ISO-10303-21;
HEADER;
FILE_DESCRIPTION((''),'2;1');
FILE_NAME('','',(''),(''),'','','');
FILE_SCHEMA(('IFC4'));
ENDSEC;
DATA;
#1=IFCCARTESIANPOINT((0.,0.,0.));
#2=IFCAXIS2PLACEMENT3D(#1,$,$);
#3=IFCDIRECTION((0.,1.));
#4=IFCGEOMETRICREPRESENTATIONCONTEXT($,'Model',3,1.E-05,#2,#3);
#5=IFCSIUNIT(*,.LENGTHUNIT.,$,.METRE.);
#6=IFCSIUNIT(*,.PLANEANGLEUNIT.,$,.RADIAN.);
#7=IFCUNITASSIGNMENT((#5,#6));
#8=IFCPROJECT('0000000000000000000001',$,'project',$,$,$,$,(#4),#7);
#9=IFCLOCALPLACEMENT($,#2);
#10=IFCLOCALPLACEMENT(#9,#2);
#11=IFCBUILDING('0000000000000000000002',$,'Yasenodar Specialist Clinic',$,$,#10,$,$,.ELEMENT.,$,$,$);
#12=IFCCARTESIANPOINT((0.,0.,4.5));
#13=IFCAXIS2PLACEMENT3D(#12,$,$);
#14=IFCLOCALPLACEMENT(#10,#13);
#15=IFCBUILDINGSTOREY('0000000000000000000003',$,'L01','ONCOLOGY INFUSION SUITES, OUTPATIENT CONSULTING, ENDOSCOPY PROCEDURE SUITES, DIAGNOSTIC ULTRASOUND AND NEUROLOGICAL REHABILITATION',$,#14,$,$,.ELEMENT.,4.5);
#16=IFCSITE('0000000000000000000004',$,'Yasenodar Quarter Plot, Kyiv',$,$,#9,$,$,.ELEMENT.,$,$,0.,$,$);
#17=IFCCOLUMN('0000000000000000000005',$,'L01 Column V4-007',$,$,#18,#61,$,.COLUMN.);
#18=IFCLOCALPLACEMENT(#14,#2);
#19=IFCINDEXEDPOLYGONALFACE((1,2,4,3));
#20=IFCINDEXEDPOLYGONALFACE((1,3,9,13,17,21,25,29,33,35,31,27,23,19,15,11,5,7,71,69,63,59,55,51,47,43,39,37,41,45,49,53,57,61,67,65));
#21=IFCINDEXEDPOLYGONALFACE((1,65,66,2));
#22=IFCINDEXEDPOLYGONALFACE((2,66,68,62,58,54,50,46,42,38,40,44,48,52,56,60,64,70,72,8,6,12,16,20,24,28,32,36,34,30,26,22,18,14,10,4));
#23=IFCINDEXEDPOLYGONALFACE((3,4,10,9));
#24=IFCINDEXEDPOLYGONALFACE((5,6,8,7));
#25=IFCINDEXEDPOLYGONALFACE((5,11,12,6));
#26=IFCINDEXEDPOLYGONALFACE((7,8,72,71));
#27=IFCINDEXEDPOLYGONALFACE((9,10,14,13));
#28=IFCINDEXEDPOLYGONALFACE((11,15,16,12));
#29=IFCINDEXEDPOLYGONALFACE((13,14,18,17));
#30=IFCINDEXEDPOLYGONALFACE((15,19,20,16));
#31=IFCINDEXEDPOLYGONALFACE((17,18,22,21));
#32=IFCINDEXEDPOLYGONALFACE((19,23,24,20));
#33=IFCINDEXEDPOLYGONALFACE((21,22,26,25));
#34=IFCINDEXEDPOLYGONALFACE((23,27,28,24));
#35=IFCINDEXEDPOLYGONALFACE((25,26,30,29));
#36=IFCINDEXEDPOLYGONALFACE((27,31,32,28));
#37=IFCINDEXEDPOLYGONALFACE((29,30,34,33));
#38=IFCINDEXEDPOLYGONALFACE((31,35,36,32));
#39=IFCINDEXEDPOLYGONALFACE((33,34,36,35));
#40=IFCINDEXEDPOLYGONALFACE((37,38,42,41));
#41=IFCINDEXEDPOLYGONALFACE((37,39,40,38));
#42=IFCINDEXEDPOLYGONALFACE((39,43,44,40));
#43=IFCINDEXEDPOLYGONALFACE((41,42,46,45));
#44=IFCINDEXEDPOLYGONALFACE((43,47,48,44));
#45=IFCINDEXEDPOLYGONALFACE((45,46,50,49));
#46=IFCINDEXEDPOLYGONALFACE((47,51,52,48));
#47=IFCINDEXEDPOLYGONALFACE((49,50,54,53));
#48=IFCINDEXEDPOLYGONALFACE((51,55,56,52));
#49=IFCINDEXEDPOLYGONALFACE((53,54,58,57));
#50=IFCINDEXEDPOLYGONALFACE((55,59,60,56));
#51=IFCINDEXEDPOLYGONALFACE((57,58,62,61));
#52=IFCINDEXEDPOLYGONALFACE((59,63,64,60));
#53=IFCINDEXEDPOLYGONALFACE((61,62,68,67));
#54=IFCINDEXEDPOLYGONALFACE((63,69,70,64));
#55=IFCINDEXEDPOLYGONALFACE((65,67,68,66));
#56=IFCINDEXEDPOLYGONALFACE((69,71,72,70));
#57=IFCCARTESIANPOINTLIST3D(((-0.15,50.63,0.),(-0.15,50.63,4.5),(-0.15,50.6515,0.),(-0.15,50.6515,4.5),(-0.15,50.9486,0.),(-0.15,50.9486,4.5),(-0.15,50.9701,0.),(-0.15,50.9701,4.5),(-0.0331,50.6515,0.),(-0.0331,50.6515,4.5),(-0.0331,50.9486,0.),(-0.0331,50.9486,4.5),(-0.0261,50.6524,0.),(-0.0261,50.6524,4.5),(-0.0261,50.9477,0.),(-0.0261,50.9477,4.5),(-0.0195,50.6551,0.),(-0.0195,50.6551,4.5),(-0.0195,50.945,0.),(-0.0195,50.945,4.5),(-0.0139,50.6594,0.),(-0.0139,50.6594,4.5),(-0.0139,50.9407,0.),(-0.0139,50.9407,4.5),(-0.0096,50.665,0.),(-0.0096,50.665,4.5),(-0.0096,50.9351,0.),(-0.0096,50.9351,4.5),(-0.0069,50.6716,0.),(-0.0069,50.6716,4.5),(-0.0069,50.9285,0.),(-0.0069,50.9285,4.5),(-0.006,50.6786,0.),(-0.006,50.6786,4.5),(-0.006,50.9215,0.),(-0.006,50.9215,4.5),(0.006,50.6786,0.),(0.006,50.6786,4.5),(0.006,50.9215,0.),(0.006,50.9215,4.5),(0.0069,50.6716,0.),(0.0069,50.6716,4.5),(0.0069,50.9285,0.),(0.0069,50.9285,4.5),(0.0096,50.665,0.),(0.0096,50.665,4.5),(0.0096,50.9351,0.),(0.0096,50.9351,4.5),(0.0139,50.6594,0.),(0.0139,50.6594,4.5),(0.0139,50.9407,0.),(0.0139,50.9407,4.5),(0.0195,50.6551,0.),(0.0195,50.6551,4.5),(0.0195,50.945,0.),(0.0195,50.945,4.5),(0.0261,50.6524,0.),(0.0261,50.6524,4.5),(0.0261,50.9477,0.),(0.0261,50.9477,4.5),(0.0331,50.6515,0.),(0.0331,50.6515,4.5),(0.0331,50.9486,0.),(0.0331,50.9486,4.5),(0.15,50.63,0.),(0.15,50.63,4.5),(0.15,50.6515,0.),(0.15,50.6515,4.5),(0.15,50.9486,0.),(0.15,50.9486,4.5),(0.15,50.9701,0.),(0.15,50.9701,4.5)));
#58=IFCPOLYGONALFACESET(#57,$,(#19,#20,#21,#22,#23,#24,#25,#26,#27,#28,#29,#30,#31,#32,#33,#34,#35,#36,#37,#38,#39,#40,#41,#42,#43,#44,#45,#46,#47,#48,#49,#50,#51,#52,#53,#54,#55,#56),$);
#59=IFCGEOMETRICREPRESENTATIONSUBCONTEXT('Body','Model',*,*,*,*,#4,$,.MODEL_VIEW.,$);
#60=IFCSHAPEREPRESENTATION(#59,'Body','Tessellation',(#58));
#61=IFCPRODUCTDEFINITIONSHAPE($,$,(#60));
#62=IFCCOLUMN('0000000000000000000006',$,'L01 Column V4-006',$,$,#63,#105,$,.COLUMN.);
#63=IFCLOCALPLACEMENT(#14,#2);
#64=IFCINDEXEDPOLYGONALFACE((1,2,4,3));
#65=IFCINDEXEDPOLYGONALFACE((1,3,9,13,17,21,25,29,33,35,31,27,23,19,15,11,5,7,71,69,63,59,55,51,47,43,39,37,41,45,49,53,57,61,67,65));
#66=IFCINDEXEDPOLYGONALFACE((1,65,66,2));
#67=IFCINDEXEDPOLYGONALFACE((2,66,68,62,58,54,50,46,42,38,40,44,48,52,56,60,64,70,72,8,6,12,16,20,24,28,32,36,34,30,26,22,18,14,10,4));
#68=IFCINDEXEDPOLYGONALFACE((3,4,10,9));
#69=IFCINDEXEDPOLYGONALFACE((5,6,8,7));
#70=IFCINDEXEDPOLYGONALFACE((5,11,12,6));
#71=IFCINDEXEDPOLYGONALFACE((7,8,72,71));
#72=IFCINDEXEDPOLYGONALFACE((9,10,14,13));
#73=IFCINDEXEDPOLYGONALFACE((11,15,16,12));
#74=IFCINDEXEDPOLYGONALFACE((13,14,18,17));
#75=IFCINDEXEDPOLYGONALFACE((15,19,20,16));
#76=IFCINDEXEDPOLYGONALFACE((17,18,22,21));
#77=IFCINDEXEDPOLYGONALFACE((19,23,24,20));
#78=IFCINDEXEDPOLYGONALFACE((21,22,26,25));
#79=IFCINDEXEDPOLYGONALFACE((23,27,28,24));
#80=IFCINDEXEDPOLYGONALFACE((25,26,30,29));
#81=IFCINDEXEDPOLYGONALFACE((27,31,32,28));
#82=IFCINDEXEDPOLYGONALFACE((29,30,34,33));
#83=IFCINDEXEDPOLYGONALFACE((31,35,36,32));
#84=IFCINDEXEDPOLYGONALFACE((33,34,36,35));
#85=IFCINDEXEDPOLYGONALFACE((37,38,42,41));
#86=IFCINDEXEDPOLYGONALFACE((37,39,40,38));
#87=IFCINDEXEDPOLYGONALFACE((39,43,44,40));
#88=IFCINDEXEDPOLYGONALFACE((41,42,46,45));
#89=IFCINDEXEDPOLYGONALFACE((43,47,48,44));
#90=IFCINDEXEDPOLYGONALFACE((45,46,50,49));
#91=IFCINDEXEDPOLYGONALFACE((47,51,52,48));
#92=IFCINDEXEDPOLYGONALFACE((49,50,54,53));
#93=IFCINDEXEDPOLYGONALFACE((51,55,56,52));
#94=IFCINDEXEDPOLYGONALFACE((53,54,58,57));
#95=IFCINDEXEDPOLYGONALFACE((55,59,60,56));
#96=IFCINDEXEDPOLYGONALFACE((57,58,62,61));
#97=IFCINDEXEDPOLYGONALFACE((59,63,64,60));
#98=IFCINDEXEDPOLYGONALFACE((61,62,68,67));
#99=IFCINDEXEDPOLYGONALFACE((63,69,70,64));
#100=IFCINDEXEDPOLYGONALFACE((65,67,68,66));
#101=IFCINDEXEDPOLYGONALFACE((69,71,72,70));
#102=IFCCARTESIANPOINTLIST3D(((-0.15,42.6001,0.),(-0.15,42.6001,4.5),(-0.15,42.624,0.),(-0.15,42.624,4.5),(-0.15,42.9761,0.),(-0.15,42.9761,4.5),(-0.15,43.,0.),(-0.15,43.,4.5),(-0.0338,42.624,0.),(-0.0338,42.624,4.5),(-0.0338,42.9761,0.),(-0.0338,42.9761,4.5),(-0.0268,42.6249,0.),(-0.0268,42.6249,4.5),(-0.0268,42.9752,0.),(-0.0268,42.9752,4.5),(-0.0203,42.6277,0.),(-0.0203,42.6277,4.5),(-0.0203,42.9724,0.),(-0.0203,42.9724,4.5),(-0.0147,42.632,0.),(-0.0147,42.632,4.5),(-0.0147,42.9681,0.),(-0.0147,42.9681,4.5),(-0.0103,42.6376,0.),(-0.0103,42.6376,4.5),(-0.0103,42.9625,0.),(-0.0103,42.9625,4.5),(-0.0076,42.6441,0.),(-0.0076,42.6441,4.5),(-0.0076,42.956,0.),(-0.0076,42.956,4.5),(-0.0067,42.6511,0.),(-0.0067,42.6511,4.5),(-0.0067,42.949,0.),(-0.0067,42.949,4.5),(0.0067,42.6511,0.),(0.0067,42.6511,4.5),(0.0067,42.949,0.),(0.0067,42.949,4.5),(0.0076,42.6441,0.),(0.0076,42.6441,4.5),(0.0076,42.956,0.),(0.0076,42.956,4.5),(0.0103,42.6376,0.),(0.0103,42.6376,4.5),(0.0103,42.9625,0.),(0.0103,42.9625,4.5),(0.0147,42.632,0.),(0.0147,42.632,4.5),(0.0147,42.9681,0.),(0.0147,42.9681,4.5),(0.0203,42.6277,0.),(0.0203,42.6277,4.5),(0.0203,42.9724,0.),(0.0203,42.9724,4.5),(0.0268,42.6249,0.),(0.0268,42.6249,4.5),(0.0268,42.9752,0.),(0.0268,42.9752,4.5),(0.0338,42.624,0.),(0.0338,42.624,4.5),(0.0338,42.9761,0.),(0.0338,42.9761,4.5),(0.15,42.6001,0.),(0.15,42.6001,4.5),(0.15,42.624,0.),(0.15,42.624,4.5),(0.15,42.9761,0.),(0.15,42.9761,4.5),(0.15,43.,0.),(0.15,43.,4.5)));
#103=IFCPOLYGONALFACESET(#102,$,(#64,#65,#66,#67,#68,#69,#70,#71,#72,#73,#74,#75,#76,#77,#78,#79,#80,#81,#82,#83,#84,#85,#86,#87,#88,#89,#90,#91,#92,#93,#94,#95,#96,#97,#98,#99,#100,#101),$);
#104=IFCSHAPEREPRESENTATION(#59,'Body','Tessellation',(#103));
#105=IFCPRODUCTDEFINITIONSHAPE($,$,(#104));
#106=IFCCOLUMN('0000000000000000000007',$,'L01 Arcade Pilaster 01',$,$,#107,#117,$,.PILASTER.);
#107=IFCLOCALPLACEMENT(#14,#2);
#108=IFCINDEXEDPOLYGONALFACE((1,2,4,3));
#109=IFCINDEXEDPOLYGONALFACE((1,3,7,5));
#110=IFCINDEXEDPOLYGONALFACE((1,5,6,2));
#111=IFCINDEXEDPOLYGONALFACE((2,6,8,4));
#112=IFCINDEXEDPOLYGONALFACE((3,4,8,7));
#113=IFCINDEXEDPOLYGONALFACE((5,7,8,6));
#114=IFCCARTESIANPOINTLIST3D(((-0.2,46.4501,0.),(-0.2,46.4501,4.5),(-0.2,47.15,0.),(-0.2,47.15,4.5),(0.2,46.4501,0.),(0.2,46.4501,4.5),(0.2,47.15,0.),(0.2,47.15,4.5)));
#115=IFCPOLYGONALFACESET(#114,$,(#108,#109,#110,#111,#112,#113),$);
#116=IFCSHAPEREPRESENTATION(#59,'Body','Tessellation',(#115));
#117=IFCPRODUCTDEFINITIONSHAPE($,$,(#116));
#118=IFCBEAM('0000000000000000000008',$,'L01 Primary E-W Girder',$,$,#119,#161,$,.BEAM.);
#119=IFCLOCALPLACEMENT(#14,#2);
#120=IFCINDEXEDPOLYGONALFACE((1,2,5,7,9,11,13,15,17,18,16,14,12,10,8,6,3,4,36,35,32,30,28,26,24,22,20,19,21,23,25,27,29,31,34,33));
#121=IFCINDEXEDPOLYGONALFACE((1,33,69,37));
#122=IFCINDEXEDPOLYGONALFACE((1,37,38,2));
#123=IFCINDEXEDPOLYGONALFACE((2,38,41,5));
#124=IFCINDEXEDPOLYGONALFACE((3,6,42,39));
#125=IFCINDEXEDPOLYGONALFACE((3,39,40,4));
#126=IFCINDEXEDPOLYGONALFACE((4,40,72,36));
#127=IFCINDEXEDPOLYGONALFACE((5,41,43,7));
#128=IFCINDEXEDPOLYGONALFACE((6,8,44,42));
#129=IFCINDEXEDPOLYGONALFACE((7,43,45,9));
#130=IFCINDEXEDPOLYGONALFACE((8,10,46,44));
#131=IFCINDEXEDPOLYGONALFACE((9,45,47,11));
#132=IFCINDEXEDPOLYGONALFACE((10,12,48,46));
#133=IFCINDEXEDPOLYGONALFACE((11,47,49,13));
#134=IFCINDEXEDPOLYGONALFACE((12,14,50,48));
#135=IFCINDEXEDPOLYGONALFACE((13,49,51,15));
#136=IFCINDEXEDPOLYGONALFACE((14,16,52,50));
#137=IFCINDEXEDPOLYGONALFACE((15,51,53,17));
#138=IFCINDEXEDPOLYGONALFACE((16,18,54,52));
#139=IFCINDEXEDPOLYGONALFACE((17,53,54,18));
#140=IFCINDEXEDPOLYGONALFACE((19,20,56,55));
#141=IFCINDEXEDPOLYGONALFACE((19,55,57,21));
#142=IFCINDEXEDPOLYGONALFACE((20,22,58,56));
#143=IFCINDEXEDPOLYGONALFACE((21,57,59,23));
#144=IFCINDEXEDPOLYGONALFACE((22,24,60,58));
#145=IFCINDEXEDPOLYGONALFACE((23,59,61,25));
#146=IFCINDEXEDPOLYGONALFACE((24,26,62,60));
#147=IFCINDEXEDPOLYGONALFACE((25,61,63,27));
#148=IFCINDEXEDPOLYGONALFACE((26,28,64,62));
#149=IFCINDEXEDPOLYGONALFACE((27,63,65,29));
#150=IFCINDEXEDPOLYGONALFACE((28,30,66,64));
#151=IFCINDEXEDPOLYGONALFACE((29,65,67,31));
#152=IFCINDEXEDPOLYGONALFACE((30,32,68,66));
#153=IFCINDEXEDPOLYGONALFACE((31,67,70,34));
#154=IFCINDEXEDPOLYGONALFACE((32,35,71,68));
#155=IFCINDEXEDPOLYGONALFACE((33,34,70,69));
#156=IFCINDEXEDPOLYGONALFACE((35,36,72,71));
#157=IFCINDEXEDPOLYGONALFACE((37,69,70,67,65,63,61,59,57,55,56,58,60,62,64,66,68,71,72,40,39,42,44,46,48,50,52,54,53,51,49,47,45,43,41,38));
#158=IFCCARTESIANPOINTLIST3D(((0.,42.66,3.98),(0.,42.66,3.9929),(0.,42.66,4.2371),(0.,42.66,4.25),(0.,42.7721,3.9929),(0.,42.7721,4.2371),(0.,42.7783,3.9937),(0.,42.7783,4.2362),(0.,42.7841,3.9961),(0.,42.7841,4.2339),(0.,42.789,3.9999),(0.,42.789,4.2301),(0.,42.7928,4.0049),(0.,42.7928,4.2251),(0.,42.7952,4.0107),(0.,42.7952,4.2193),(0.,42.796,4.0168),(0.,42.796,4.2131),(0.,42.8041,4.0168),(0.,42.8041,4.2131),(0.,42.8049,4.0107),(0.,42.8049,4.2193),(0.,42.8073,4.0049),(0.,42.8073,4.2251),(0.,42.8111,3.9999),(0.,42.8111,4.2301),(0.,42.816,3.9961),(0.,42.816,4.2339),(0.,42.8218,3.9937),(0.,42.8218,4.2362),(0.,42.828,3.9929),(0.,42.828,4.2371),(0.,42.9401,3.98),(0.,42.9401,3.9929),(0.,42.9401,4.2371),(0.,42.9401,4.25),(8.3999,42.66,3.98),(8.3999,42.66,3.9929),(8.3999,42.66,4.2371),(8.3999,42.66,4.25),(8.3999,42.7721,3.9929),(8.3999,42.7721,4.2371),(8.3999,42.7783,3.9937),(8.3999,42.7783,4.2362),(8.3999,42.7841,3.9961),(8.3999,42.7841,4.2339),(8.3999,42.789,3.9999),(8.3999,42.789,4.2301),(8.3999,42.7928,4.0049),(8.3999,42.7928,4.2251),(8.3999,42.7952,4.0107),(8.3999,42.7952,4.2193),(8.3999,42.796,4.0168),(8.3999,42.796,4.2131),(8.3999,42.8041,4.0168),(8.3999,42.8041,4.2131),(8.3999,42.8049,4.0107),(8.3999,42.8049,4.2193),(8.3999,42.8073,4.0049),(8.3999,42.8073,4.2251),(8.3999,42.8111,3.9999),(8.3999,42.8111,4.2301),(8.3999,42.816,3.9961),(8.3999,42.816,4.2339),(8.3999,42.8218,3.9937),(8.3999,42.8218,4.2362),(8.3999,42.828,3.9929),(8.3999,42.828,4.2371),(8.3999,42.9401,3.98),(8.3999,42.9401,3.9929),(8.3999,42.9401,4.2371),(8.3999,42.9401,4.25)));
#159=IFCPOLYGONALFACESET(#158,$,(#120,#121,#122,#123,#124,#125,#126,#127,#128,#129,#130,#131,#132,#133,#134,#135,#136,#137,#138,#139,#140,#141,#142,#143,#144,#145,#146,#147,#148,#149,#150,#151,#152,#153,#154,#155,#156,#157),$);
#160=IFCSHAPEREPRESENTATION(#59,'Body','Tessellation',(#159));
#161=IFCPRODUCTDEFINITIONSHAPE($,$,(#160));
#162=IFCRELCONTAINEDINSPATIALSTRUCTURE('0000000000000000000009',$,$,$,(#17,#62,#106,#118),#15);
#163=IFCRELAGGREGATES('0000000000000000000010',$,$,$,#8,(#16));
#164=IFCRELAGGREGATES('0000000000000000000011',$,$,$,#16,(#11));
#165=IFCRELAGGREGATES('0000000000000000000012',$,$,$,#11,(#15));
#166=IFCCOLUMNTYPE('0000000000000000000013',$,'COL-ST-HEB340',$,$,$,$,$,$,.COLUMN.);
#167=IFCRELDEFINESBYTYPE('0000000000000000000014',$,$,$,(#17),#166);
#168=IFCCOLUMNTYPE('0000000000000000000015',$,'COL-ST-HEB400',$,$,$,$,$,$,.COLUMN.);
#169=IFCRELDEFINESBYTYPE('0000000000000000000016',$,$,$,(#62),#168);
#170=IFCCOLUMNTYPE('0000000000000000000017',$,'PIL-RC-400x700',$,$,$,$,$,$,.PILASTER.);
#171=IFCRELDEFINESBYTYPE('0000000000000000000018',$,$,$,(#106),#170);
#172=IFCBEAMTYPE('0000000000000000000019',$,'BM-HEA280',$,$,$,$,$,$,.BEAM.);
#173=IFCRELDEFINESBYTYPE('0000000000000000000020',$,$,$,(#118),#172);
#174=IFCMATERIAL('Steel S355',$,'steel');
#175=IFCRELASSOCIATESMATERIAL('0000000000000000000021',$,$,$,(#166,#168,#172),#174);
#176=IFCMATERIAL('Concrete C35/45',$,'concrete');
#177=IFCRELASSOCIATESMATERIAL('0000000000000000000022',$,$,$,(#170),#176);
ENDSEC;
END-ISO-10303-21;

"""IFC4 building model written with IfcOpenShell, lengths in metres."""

from ifc_helpers import new_model, si_unit, direction, frame, origin, origin_2d, place, context, subcontext, project, spatial, rectangle, i_section, extrude, material, material_profile, profile_set, type_object, element, save


model = new_model("IFC4")

# Units and contexts
model_context = context("Model", 3, precision=1e-05, world=origin(), true_north=direction((0.0, 1.0)))
body_context = subcontext(model_context, "Body", "Model", "MODEL_VIEW")
ifc_project = project(units=[si_unit("LENGTHUNIT", "METRE"), si_unit("PLANEANGLEUNIT", "RADIAN")], contexts=[model_context])

# Site, building, storey
site_placement = place(None, origin())
site = spatial("IfcSite", under=ifc_project, at=site_placement, Name="Yasenodar Quarter Plot, Kyiv", CompositionType="ELEMENT", RefElevation=0.0)
building_placement = place(site_placement, origin())
building = spatial("IfcBuilding", under=site, at=building_placement, Name="Yasenodar Specialist Clinic", CompositionType="ELEMENT")
storey_placement = place(building_placement, frame((0.0, 0.0, 4.5)))
storey = spatial("IfcBuildingStorey", under=building, at=storey_placement, Name="L01", Description="ONCOLOGY INFUSION SUITES, OUTPATIENT CONSULTING, ENDOSCOPY PROCEDURE SUITES, DIAGNOSTIC ULTRASOUND AND NEUROLOGICAL REHABILITATION", CompositionType="ELEMENT", Elevation=4.5)

# Columns
ifc_material_1 = material(Name="Steel S355", Category="steel")
ifc_material_profile_1 = material_profile(ifc_material_1, i_section(OverallWidth=0.3, OverallDepth=0.3401, WebThickness=0.012, FlangeThickness=0.0215, FilletRadius=0.0271, at=origin_2d()), Name="HEB 340")
ifc_profile_set_1 = profile_set([ifc_material_profile_1], Name="Steel S355")
column_type_1 = type_object("IfcColumnType", Name="COL-ST-HEB340", PredefinedType="COLUMN", material=ifc_profile_set_1)
column_1_placement = place(storey_placement, frame((0.0, 50.8, 0.0), z_axis=(0.0, 0.0, 1.0), x_axis=(1.0, 0.0, 0.0)))
element("IfcColumn", 1, at=column_1_placement, inside=storey, type_object=column_type_1, Name="L01 Column V4-007", PredefinedType="COLUMN", context=body_context, shape_type="SweptSolid", body=[
    extrude(i_section(OverallWidth=0.3, OverallDepth=0.3401, WebThickness=0.012, FlangeThickness=0.0215, FilletRadius=0.0271, at=origin_2d()), origin(), (0.0, 0.0, 1.0), 4.5),
])
ifc_material_profile_2 = material_profile(ifc_material_1, i_section(OverallWidth=0.3, OverallDepth=0.3999, WebThickness=0.0134, FlangeThickness=0.0239, FilletRadius=0.0271, at=origin_2d()), Name="HEB 400")
ifc_profile_set_2 = profile_set([ifc_material_profile_2], Name="Steel S355")
column_type_2 = type_object("IfcColumnType", Name="COL-ST-HEB400", PredefinedType="COLUMN", material=ifc_profile_set_2)
column_2_placement = place(storey_placement, frame((0.0, 42.8, 0.0), z_axis=(0.0, 0.0, 1.0), x_axis=(1.0, 0.0, 0.0)))
element("IfcColumn", 2, at=column_2_placement, inside=storey, type_object=column_type_2, Name="L01 Column V4-006", PredefinedType="COLUMN", context=body_context, shape_type="SweptSolid", body=[
    extrude(i_section(OverallWidth=0.3, OverallDepth=0.3999, WebThickness=0.0134, FlangeThickness=0.0239, FilletRadius=0.0271, at=origin_2d()), origin(), (0.0, 0.0, 1.0), 4.5),
])
ifc_material_2 = material(Name="Concrete C35/45", Category="concrete")
ifc_material_profile_3 = material_profile(ifc_material_2, rectangle(XDim=0.3999, YDim=0.7, at=origin_2d()), Name="RC 400x700")
ifc_profile_set_3 = profile_set([ifc_material_profile_3], Name="Concrete C35/45")
column_type_3 = type_object("IfcColumnType", Name="PIL-RC-400x700", PredefinedType="PILASTER", material=ifc_profile_set_3)
column_3_placement = place(storey_placement, frame((0.0, 46.8, 0.0), z_axis=(0.0, 0.0, 1.0), x_axis=(1.0, 0.0, 0.0)))
element("IfcColumn", 3, at=column_3_placement, inside=storey, type_object=column_type_3, Name="L01 Arcade Pilaster 01", PredefinedType="PILASTER", context=body_context, shape_type="SweptSolid", body=[
    extrude(rectangle(XDim=0.3999, YDim=0.7, at=origin_2d()), origin(), (0.0, 0.0, 1.0), 4.5),
])

# Beam
ifc_material_profile_4 = material_profile(ifc_material_1, i_section(OverallWidth=0.28, OverallDepth=0.27, WebThickness=0.0081, FlangeThickness=0.0129, FilletRadius=0.0239, at=origin_2d()), Name="HEA 280")
ifc_profile_set_4 = profile_set([ifc_material_profile_4], Name="Steel S355")
beam_type_1 = type_object("IfcBeamType", Name="BM-HEA280", PredefinedType="BEAM", material=ifc_profile_set_4)
beam_1_placement = place(storey_placement, frame((0.0, 42.8, 4.115), z_axis=(1.0, 0.0, 0.0), x_axis=(0.0, 1.0, 0.0)))
element("IfcBeam", 4, at=beam_1_placement, inside=storey, type_object=beam_type_1, Name="L01 Primary E-W Girder", PredefinedType="BEAM", context=body_context, shape_type="SweptSolid", body=[
    extrude(i_section(OverallWidth=0.28, OverallDepth=0.27, WebThickness=0.0081, FlangeThickness=0.0129, FilletRadius=0.0239, at=origin_2d()), origin(), (0.0, 0.0, 1.0), 8.3999),
])

save(model, "model.ifc")
